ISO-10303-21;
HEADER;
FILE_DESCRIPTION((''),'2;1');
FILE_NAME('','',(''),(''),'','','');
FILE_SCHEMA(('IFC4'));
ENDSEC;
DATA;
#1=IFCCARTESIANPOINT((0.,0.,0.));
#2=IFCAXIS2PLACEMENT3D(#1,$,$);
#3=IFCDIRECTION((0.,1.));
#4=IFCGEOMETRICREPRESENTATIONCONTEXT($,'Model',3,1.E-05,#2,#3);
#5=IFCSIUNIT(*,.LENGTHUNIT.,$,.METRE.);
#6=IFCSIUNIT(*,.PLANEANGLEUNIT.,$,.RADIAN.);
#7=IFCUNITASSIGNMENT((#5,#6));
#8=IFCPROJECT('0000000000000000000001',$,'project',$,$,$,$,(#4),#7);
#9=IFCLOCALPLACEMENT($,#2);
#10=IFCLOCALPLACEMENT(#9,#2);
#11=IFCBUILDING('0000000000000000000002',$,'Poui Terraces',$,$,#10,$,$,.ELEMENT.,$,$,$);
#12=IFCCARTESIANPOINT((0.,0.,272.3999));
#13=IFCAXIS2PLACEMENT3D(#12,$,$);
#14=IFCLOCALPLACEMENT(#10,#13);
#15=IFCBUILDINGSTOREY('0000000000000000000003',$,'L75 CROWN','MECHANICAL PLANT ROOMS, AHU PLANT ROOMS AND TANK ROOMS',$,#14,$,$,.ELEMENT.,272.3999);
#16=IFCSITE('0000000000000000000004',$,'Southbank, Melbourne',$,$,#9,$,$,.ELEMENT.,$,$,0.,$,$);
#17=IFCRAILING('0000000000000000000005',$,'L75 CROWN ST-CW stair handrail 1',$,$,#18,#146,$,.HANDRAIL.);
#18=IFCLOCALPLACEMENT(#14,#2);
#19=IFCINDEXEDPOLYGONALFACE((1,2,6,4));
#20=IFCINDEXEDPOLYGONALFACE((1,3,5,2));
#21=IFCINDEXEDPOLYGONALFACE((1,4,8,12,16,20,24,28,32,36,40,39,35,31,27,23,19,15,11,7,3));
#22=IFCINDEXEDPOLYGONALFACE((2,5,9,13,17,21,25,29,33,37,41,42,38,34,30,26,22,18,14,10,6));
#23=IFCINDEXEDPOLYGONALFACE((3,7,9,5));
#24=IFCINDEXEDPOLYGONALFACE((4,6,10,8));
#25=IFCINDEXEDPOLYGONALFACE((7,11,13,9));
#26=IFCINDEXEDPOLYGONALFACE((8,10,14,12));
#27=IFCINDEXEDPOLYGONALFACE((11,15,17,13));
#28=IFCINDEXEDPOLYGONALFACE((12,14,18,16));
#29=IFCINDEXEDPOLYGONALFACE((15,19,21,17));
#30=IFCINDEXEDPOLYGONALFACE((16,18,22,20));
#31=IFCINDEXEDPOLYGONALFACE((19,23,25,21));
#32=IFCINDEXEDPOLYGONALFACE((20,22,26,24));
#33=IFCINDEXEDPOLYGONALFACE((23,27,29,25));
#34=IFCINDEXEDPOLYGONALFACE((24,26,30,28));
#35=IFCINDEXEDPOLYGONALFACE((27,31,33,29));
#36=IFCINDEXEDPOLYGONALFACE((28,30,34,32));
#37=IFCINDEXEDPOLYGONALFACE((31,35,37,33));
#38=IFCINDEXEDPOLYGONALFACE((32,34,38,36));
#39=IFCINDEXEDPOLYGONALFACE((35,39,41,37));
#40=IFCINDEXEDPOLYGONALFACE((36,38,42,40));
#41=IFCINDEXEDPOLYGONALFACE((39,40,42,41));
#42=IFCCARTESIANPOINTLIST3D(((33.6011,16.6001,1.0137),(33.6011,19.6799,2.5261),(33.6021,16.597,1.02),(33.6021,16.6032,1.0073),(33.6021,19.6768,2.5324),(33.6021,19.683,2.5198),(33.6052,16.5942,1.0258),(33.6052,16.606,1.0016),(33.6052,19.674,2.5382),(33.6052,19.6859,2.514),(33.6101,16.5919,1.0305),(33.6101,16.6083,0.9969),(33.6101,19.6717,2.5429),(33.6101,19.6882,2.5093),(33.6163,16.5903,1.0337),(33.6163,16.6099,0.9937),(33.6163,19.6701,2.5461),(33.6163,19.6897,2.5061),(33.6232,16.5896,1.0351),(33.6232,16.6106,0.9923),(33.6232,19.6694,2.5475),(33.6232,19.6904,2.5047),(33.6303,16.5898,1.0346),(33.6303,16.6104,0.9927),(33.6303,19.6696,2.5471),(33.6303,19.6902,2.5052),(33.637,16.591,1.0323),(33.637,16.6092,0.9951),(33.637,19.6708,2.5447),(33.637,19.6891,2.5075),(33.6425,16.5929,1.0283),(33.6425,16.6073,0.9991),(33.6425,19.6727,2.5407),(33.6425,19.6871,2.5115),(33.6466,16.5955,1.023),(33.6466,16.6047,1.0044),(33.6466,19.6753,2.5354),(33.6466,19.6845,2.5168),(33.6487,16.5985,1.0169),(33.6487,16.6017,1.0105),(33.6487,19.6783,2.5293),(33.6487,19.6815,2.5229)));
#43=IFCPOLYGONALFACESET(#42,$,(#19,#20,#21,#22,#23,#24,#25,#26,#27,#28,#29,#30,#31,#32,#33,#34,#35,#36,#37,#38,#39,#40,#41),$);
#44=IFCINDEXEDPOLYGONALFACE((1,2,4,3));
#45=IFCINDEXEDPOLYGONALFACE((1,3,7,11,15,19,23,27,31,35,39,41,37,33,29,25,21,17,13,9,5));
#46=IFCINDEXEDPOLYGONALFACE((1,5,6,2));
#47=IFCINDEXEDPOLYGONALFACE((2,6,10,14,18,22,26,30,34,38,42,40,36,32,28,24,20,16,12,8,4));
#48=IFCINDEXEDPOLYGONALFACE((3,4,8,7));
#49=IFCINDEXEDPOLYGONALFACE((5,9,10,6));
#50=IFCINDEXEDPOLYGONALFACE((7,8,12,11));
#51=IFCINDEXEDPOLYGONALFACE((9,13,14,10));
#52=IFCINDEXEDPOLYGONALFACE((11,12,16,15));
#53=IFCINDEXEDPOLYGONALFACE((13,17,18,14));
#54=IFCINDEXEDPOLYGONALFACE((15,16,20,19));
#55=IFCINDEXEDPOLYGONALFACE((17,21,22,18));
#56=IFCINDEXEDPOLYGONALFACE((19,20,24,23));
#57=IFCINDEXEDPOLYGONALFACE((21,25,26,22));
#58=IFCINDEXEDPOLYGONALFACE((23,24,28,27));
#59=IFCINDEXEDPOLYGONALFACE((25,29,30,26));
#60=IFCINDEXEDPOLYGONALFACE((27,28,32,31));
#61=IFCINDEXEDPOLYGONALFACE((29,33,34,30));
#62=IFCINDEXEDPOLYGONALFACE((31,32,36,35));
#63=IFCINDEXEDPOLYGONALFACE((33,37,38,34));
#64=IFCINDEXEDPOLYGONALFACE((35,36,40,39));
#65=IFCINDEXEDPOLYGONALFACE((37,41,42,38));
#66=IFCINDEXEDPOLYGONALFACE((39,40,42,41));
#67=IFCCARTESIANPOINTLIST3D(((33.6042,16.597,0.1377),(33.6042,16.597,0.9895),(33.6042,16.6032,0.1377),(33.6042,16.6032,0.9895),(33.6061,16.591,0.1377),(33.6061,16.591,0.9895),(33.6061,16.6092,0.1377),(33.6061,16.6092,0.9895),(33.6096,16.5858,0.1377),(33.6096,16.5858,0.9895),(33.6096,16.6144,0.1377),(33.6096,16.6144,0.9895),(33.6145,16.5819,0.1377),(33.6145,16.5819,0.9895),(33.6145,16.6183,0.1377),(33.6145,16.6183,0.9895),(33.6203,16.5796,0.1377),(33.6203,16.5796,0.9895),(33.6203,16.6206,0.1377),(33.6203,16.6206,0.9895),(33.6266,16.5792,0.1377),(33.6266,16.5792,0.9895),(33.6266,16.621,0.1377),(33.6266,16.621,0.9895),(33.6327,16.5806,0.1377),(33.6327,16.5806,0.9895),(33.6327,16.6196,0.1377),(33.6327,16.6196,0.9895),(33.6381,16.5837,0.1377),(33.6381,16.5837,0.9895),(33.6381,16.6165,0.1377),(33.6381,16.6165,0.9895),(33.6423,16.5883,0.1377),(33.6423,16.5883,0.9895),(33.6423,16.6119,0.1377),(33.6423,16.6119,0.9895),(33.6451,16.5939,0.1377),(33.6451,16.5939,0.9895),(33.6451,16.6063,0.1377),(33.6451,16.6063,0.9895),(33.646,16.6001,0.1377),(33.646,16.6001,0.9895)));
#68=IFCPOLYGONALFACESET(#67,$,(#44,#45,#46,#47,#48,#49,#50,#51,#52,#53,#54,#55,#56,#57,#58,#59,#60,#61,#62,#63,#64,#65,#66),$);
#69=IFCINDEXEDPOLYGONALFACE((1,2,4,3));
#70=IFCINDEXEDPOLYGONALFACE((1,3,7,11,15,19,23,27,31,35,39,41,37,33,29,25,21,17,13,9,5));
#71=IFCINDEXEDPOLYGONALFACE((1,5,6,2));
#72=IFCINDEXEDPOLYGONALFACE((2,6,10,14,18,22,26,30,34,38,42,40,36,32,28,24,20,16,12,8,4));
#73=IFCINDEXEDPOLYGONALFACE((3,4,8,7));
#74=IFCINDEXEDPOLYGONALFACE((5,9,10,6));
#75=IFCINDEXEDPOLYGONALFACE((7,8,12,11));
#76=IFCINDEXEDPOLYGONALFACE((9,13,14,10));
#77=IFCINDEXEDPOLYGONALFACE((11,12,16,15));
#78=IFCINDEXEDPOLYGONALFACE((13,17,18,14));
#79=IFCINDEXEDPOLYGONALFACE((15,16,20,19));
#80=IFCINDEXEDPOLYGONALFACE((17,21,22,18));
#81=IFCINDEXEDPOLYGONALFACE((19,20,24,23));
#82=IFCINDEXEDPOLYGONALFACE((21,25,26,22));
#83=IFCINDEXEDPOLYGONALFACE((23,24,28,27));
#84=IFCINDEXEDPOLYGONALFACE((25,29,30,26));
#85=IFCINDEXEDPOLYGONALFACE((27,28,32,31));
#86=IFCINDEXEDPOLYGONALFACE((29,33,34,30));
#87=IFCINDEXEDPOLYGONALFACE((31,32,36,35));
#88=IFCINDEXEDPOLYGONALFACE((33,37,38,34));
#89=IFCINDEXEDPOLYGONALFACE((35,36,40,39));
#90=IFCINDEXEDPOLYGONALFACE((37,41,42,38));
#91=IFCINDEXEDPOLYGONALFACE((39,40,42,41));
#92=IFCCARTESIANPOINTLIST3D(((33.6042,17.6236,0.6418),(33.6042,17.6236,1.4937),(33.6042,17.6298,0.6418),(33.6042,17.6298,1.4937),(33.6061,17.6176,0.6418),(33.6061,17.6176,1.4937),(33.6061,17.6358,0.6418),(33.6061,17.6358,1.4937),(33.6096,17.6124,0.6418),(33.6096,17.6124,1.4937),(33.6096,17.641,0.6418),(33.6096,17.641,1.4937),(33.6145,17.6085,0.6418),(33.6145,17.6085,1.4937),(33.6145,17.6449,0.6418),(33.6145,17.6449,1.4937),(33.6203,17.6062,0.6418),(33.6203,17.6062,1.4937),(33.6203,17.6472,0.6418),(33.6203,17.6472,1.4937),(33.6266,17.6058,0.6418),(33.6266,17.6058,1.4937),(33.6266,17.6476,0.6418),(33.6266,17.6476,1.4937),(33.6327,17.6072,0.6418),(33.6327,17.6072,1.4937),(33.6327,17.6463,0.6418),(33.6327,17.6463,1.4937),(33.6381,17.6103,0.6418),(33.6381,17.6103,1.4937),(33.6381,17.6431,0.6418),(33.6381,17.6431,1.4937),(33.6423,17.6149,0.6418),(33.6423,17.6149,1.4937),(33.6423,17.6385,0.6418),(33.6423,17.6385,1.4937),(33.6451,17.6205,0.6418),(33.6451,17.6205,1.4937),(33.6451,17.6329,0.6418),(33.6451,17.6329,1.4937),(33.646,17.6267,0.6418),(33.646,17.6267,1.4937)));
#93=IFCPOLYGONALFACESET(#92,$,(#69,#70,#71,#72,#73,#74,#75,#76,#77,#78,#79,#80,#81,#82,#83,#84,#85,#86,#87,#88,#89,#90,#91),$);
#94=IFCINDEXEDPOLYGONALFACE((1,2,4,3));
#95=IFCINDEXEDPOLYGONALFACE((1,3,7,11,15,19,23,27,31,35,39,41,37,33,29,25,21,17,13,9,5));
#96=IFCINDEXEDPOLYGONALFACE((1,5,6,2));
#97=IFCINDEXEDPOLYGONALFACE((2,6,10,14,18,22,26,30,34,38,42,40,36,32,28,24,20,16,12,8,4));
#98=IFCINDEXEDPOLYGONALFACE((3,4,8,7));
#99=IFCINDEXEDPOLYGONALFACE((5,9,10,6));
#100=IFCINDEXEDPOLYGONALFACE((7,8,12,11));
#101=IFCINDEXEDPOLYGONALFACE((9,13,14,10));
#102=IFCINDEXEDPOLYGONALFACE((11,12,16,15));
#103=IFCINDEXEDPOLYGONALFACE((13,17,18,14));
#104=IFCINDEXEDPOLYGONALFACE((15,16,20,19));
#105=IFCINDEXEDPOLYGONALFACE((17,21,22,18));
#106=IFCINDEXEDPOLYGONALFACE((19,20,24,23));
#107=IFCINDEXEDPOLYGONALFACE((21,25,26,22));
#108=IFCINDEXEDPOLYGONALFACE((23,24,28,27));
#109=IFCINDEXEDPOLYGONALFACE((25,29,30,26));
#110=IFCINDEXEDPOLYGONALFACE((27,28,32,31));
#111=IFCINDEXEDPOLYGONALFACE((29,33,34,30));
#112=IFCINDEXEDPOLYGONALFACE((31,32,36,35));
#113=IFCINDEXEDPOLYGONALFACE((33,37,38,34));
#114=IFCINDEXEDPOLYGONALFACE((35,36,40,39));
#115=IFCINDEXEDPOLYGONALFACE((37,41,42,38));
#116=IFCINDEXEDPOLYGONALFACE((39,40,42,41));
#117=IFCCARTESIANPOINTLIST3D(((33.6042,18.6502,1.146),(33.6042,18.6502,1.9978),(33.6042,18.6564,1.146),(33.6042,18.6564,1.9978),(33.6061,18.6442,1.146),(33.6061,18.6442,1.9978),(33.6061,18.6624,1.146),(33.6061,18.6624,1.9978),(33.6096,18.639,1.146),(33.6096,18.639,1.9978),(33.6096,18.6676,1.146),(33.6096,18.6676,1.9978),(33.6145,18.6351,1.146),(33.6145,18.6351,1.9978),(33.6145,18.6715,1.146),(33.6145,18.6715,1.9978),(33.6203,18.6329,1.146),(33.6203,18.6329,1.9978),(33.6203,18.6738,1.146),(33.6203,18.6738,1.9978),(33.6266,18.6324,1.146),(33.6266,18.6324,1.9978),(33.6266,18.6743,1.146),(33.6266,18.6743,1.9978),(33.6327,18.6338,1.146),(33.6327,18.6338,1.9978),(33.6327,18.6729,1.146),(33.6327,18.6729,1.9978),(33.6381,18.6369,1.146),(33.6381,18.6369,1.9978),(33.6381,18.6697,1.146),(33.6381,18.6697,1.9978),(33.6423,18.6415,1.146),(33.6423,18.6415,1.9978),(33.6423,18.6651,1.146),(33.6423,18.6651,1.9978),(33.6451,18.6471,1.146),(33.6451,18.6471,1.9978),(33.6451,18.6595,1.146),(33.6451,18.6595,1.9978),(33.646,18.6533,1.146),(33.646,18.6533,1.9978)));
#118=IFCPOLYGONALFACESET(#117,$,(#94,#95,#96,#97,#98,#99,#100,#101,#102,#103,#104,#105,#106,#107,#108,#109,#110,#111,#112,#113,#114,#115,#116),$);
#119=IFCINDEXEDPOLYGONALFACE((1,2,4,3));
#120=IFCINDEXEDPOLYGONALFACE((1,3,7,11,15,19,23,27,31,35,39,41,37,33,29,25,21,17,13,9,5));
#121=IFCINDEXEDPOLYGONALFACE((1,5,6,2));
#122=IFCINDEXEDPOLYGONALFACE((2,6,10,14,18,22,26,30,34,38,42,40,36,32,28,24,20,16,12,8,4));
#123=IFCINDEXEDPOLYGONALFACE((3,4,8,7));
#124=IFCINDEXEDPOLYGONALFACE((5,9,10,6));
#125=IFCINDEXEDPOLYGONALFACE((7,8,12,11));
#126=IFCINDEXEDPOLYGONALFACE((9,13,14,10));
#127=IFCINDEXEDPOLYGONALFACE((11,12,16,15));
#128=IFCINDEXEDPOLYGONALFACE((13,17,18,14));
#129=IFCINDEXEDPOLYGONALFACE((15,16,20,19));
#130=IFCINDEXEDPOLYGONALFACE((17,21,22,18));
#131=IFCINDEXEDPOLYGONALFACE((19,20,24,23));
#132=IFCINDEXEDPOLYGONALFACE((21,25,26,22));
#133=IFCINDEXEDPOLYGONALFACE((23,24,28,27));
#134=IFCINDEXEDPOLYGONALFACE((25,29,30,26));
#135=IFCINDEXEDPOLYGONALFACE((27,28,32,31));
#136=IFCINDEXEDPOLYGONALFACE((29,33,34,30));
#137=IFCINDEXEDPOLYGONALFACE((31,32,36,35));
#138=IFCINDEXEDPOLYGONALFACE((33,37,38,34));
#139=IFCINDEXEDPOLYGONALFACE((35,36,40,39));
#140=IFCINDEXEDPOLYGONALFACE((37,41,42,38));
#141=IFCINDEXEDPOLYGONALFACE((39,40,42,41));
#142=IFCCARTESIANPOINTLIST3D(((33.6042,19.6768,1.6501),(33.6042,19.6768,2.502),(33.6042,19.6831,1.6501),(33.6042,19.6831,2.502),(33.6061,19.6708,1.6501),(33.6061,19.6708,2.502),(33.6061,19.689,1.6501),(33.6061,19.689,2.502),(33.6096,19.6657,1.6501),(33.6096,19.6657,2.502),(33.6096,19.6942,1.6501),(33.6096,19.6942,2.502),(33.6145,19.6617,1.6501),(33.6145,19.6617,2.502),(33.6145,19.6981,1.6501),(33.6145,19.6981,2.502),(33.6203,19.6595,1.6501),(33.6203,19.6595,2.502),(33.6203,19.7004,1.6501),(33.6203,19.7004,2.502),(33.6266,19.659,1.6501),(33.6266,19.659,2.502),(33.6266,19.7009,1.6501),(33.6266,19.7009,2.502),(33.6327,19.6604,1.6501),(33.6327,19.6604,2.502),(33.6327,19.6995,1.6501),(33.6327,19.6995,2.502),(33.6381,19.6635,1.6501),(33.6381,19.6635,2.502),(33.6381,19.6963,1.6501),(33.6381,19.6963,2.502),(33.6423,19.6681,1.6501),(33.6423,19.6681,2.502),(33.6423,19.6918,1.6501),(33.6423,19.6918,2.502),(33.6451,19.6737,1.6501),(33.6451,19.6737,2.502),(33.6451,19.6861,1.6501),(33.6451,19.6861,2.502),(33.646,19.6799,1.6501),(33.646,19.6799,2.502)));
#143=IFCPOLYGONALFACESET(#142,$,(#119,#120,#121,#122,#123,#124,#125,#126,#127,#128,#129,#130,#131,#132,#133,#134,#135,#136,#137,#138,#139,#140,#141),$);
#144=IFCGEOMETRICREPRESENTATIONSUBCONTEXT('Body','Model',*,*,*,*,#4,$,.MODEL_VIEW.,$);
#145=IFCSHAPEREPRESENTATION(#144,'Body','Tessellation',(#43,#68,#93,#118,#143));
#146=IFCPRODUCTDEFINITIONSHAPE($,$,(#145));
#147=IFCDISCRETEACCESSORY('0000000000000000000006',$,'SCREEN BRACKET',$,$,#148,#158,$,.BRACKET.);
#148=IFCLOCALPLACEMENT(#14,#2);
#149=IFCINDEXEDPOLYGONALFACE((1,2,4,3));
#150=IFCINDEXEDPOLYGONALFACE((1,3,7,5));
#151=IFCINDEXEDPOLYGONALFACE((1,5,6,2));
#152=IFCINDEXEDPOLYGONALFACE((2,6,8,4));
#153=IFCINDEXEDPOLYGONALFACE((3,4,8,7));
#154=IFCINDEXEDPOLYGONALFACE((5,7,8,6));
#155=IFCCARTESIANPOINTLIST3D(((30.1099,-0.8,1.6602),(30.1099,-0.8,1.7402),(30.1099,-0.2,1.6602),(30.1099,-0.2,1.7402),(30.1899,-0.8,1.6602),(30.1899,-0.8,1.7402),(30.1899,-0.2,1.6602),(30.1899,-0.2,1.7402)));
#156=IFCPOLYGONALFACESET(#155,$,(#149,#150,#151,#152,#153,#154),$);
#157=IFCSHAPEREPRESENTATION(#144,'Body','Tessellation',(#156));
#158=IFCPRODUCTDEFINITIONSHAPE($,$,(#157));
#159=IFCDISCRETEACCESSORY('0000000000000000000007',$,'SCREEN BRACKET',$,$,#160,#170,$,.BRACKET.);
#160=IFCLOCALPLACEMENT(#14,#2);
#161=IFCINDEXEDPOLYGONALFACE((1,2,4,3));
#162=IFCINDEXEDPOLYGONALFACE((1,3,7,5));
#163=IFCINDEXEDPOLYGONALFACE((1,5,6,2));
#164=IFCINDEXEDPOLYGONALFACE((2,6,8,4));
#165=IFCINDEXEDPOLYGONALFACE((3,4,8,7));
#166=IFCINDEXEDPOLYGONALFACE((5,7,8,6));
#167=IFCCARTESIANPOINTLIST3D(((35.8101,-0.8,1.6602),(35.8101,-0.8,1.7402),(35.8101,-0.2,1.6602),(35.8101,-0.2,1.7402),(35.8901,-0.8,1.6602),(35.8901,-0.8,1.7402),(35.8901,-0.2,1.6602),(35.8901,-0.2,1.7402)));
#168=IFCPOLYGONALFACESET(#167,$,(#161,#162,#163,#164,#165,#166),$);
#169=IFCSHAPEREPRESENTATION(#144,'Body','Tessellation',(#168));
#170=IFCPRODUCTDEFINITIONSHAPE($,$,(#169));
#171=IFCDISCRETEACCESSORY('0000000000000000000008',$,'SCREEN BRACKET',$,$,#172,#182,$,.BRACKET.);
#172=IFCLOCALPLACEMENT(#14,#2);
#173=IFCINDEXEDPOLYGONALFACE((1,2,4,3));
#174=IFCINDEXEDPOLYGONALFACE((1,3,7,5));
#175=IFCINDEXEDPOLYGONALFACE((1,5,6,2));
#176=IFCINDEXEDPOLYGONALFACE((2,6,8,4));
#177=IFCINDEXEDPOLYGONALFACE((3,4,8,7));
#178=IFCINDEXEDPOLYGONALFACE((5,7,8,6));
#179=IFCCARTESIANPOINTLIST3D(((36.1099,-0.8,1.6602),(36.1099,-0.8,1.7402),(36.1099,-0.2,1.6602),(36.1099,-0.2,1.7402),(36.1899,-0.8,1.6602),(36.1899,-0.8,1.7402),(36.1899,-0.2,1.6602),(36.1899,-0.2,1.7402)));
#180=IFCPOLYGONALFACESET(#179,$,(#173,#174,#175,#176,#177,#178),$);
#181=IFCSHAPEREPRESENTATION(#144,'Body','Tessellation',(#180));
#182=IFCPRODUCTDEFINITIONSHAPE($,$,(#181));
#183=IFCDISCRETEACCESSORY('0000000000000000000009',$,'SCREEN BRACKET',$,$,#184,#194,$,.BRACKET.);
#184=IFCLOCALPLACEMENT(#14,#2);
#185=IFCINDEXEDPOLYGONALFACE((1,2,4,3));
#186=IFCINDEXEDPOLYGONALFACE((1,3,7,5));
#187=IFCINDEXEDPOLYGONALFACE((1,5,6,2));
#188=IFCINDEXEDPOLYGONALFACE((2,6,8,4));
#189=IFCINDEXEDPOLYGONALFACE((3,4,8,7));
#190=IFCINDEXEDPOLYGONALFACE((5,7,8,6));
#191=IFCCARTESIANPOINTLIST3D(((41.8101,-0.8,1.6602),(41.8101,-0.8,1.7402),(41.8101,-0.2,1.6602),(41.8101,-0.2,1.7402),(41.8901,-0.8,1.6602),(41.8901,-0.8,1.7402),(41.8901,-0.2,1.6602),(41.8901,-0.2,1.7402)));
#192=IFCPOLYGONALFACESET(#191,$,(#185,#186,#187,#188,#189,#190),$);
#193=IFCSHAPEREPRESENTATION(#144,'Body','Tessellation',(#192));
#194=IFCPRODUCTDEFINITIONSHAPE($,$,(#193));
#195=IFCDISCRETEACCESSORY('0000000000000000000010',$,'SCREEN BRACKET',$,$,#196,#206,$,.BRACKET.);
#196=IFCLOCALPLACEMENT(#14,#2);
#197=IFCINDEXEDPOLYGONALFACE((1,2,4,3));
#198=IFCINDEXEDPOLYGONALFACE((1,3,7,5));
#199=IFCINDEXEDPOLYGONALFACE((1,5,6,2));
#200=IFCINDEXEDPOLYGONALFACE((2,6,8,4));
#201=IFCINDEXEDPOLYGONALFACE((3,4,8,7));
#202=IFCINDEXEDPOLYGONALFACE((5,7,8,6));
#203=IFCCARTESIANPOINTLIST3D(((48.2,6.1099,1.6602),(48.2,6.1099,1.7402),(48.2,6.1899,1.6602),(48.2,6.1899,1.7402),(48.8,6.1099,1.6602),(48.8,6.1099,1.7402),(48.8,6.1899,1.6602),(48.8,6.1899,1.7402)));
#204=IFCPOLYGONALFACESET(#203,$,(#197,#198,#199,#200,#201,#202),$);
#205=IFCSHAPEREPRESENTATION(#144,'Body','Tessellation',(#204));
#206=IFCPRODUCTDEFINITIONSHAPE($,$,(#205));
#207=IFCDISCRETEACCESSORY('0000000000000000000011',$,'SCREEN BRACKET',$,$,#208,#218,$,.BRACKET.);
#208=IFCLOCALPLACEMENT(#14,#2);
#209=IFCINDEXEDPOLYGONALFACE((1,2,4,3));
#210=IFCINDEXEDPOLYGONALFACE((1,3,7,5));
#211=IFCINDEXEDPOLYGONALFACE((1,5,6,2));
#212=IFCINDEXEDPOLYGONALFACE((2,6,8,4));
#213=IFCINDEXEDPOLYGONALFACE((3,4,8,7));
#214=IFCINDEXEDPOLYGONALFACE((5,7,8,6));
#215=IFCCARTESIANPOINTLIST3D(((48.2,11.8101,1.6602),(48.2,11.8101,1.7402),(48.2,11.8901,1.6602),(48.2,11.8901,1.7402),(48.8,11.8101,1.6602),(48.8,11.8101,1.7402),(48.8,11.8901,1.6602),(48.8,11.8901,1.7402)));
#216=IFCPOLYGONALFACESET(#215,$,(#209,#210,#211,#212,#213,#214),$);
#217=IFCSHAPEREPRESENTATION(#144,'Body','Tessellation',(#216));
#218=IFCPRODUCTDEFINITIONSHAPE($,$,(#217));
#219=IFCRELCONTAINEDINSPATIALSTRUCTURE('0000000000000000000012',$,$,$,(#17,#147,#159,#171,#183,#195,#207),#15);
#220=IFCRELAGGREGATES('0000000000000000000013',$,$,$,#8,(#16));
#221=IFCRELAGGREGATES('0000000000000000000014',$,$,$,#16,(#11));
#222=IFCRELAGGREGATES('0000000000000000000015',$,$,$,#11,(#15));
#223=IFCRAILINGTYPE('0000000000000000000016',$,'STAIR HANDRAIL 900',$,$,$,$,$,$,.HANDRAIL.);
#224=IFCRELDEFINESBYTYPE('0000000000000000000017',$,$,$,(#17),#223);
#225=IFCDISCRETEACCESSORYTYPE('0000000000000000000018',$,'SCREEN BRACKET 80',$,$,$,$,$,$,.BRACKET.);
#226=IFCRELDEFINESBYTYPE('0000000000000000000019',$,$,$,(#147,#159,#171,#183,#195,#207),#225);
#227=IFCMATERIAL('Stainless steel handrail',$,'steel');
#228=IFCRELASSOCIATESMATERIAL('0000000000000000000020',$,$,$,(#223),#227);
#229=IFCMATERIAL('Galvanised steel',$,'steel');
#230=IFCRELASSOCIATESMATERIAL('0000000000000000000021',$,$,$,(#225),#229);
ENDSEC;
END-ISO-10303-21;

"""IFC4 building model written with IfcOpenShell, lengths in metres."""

from ifc_helpers import new_model, si_unit, direction, frame, origin, origin_2d, place, context, subcontext, project, spatial, rectangle, circle, extrude, source, transform, mapped, material, material_profile, profile_set, type_object, element, save


model = new_model("IFC4")

# Units and contexts
model_context = context("Model", 3, precision=1e-05, world=origin(), true_north=direction((0.0, 1.0)))
body_context = subcontext(model_context, "Body", "Model", "MODEL_VIEW")
ifc_project = project(units=[si_unit("LENGTHUNIT", "METRE"), si_unit("PLANEANGLEUNIT", "RADIAN")], contexts=[model_context])

# Site, building, storey
site_placement = place(None, origin())
site = spatial("IfcSite", under=ifc_project, at=site_placement, Name="Southbank, Melbourne", CompositionType="ELEMENT", RefElevation=0.0)
building_placement = place(site_placement, origin())
building = spatial("IfcBuilding", under=site, at=building_placement, Name="Poui Terraces", CompositionType="ELEMENT")
storey_placement = place(building_placement, frame((0.0, 0.0, 272.3999)))
storey = spatial("IfcBuildingStorey", under=building, at=storey_placement, Name="L75 CROWN", Description="MECHANICAL PLANT ROOMS, AHU PLANT ROOMS AND TANK ROOMS", CompositionType="ELEMENT", Elevation=272.3999)

# Railing
ifc_material_1 = material(Name="Stainless steel handrail", Category="steel")
railing_type_1 = type_object("IfcRailingType", Name="STAIR HANDRAIL 900", PredefinedType="HANDRAIL", material=ifc_material_1)
railing_1_placement = place(storey_placement, frame((33.625, 16.6001, 0.1377)))
element("IfcRailing", 1, at=railing_1_placement, inside=storey, type_object=railing_type_1, Name="L75 CROWN ST-CW stair handrail 1", PredefinedType="HANDRAIL", context=body_context, shape_type="SweptSolid", body=[
    extrude(circle(Radius=0.0239, at=origin_2d()), frame((0.0, 0.0, 0.876), z_axis=(0.0, 0.897606, 0.440798), x_axis=(-1.0, 0.0, 0.0)), (0.0, 0.0, 1.0), 3.4312),
    extrude(circle(Radius=0.021, at=origin_2d()), origin(), (0.0, 0.0, 1.0), 0.8518),
    extrude(circle(Radius=0.021, at=origin_2d()), frame((0.0, 1.0266, 0.5042)), (0.0, 0.0, 1.0), 0.8518),
    extrude(circle(Radius=0.021, at=origin_2d()), frame((0.0, 2.0532, 1.0083)), (0.0, 0.0, 1.0), 0.8518),
    extrude(circle(Radius=0.021, at=origin_2d()), frame((0.0, 3.0798, 1.5125)), (0.0, 0.0, 1.0), 0.8518),
])

# Discrete accessories
ifc_material_2 = material(Name="Galvanised steel", Category="steel")
ifc_material_profile_1 = material_profile(ifc_material_2, rectangle(XDim=0.0801, YDim=0.0801, at=origin_2d()), Name="SCREEN BRACKET 80")
ifc_profile_set_1 = profile_set([ifc_material_profile_1], Name="Galvanised steel")
discrete_accessory_type = type_object("IfcDiscreteAccessoryType", Name="SCREEN BRACKET 80", PredefinedType="BRACKET", material=ifc_profile_set_1)
shared_shape_1 = source(origin(), body_context, "Body", "SweptSolid", [
    extrude(rectangle(XDim=0.0801, YDim=0.0801, at=origin_2d()), origin(), (0.0, 0.0, 1.0), 0.6001),
])
for number, where, z_axis, x_axis, name in (
    (2, (30.1499, -0.2, 1.7002), (0.0, -1.0, 0.0), (1.0, 0.0, 0.0), "SCREEN BRACKET"),
    (3, (35.8501, -0.2, 1.7002), (0.0, -1.0, 0.0), (1.0, 0.0, 0.0), "SCREEN BRACKET"),
    (4, (36.1499, -0.2, 1.7002), (0.0, -1.0, 0.0), (1.0, 0.0, 0.0), "SCREEN BRACKET"),
    (5, (41.8501, -0.2, 1.7002), (0.0, -1.0, 0.0), (1.0, 0.0, 0.0), "SCREEN BRACKET"),
    (6, (48.2, 6.1499, 1.7002), (1.0, 0.0, 0.0), (0.0, 1.0, 0.0), "SCREEN BRACKET"),
    (7, (48.2, 11.8501, 1.7002), (1.0, 0.0, 0.0), (0.0, 1.0, 0.0), "SCREEN BRACKET"),
):
    element("IfcDiscreteAccessory", number, at=place(storey_placement, frame(where, z_axis=z_axis, x_axis=x_axis)), inside=storey, type_object=discrete_accessory_type, Name=name, PredefinedType="BRACKET", context=body_context, shape_type="MappedRepresentation", body=[
        mapped(shared_shape_1, transform((0.0, 0.0, 0.0))),
    ])

save(model, "model.ifc")
